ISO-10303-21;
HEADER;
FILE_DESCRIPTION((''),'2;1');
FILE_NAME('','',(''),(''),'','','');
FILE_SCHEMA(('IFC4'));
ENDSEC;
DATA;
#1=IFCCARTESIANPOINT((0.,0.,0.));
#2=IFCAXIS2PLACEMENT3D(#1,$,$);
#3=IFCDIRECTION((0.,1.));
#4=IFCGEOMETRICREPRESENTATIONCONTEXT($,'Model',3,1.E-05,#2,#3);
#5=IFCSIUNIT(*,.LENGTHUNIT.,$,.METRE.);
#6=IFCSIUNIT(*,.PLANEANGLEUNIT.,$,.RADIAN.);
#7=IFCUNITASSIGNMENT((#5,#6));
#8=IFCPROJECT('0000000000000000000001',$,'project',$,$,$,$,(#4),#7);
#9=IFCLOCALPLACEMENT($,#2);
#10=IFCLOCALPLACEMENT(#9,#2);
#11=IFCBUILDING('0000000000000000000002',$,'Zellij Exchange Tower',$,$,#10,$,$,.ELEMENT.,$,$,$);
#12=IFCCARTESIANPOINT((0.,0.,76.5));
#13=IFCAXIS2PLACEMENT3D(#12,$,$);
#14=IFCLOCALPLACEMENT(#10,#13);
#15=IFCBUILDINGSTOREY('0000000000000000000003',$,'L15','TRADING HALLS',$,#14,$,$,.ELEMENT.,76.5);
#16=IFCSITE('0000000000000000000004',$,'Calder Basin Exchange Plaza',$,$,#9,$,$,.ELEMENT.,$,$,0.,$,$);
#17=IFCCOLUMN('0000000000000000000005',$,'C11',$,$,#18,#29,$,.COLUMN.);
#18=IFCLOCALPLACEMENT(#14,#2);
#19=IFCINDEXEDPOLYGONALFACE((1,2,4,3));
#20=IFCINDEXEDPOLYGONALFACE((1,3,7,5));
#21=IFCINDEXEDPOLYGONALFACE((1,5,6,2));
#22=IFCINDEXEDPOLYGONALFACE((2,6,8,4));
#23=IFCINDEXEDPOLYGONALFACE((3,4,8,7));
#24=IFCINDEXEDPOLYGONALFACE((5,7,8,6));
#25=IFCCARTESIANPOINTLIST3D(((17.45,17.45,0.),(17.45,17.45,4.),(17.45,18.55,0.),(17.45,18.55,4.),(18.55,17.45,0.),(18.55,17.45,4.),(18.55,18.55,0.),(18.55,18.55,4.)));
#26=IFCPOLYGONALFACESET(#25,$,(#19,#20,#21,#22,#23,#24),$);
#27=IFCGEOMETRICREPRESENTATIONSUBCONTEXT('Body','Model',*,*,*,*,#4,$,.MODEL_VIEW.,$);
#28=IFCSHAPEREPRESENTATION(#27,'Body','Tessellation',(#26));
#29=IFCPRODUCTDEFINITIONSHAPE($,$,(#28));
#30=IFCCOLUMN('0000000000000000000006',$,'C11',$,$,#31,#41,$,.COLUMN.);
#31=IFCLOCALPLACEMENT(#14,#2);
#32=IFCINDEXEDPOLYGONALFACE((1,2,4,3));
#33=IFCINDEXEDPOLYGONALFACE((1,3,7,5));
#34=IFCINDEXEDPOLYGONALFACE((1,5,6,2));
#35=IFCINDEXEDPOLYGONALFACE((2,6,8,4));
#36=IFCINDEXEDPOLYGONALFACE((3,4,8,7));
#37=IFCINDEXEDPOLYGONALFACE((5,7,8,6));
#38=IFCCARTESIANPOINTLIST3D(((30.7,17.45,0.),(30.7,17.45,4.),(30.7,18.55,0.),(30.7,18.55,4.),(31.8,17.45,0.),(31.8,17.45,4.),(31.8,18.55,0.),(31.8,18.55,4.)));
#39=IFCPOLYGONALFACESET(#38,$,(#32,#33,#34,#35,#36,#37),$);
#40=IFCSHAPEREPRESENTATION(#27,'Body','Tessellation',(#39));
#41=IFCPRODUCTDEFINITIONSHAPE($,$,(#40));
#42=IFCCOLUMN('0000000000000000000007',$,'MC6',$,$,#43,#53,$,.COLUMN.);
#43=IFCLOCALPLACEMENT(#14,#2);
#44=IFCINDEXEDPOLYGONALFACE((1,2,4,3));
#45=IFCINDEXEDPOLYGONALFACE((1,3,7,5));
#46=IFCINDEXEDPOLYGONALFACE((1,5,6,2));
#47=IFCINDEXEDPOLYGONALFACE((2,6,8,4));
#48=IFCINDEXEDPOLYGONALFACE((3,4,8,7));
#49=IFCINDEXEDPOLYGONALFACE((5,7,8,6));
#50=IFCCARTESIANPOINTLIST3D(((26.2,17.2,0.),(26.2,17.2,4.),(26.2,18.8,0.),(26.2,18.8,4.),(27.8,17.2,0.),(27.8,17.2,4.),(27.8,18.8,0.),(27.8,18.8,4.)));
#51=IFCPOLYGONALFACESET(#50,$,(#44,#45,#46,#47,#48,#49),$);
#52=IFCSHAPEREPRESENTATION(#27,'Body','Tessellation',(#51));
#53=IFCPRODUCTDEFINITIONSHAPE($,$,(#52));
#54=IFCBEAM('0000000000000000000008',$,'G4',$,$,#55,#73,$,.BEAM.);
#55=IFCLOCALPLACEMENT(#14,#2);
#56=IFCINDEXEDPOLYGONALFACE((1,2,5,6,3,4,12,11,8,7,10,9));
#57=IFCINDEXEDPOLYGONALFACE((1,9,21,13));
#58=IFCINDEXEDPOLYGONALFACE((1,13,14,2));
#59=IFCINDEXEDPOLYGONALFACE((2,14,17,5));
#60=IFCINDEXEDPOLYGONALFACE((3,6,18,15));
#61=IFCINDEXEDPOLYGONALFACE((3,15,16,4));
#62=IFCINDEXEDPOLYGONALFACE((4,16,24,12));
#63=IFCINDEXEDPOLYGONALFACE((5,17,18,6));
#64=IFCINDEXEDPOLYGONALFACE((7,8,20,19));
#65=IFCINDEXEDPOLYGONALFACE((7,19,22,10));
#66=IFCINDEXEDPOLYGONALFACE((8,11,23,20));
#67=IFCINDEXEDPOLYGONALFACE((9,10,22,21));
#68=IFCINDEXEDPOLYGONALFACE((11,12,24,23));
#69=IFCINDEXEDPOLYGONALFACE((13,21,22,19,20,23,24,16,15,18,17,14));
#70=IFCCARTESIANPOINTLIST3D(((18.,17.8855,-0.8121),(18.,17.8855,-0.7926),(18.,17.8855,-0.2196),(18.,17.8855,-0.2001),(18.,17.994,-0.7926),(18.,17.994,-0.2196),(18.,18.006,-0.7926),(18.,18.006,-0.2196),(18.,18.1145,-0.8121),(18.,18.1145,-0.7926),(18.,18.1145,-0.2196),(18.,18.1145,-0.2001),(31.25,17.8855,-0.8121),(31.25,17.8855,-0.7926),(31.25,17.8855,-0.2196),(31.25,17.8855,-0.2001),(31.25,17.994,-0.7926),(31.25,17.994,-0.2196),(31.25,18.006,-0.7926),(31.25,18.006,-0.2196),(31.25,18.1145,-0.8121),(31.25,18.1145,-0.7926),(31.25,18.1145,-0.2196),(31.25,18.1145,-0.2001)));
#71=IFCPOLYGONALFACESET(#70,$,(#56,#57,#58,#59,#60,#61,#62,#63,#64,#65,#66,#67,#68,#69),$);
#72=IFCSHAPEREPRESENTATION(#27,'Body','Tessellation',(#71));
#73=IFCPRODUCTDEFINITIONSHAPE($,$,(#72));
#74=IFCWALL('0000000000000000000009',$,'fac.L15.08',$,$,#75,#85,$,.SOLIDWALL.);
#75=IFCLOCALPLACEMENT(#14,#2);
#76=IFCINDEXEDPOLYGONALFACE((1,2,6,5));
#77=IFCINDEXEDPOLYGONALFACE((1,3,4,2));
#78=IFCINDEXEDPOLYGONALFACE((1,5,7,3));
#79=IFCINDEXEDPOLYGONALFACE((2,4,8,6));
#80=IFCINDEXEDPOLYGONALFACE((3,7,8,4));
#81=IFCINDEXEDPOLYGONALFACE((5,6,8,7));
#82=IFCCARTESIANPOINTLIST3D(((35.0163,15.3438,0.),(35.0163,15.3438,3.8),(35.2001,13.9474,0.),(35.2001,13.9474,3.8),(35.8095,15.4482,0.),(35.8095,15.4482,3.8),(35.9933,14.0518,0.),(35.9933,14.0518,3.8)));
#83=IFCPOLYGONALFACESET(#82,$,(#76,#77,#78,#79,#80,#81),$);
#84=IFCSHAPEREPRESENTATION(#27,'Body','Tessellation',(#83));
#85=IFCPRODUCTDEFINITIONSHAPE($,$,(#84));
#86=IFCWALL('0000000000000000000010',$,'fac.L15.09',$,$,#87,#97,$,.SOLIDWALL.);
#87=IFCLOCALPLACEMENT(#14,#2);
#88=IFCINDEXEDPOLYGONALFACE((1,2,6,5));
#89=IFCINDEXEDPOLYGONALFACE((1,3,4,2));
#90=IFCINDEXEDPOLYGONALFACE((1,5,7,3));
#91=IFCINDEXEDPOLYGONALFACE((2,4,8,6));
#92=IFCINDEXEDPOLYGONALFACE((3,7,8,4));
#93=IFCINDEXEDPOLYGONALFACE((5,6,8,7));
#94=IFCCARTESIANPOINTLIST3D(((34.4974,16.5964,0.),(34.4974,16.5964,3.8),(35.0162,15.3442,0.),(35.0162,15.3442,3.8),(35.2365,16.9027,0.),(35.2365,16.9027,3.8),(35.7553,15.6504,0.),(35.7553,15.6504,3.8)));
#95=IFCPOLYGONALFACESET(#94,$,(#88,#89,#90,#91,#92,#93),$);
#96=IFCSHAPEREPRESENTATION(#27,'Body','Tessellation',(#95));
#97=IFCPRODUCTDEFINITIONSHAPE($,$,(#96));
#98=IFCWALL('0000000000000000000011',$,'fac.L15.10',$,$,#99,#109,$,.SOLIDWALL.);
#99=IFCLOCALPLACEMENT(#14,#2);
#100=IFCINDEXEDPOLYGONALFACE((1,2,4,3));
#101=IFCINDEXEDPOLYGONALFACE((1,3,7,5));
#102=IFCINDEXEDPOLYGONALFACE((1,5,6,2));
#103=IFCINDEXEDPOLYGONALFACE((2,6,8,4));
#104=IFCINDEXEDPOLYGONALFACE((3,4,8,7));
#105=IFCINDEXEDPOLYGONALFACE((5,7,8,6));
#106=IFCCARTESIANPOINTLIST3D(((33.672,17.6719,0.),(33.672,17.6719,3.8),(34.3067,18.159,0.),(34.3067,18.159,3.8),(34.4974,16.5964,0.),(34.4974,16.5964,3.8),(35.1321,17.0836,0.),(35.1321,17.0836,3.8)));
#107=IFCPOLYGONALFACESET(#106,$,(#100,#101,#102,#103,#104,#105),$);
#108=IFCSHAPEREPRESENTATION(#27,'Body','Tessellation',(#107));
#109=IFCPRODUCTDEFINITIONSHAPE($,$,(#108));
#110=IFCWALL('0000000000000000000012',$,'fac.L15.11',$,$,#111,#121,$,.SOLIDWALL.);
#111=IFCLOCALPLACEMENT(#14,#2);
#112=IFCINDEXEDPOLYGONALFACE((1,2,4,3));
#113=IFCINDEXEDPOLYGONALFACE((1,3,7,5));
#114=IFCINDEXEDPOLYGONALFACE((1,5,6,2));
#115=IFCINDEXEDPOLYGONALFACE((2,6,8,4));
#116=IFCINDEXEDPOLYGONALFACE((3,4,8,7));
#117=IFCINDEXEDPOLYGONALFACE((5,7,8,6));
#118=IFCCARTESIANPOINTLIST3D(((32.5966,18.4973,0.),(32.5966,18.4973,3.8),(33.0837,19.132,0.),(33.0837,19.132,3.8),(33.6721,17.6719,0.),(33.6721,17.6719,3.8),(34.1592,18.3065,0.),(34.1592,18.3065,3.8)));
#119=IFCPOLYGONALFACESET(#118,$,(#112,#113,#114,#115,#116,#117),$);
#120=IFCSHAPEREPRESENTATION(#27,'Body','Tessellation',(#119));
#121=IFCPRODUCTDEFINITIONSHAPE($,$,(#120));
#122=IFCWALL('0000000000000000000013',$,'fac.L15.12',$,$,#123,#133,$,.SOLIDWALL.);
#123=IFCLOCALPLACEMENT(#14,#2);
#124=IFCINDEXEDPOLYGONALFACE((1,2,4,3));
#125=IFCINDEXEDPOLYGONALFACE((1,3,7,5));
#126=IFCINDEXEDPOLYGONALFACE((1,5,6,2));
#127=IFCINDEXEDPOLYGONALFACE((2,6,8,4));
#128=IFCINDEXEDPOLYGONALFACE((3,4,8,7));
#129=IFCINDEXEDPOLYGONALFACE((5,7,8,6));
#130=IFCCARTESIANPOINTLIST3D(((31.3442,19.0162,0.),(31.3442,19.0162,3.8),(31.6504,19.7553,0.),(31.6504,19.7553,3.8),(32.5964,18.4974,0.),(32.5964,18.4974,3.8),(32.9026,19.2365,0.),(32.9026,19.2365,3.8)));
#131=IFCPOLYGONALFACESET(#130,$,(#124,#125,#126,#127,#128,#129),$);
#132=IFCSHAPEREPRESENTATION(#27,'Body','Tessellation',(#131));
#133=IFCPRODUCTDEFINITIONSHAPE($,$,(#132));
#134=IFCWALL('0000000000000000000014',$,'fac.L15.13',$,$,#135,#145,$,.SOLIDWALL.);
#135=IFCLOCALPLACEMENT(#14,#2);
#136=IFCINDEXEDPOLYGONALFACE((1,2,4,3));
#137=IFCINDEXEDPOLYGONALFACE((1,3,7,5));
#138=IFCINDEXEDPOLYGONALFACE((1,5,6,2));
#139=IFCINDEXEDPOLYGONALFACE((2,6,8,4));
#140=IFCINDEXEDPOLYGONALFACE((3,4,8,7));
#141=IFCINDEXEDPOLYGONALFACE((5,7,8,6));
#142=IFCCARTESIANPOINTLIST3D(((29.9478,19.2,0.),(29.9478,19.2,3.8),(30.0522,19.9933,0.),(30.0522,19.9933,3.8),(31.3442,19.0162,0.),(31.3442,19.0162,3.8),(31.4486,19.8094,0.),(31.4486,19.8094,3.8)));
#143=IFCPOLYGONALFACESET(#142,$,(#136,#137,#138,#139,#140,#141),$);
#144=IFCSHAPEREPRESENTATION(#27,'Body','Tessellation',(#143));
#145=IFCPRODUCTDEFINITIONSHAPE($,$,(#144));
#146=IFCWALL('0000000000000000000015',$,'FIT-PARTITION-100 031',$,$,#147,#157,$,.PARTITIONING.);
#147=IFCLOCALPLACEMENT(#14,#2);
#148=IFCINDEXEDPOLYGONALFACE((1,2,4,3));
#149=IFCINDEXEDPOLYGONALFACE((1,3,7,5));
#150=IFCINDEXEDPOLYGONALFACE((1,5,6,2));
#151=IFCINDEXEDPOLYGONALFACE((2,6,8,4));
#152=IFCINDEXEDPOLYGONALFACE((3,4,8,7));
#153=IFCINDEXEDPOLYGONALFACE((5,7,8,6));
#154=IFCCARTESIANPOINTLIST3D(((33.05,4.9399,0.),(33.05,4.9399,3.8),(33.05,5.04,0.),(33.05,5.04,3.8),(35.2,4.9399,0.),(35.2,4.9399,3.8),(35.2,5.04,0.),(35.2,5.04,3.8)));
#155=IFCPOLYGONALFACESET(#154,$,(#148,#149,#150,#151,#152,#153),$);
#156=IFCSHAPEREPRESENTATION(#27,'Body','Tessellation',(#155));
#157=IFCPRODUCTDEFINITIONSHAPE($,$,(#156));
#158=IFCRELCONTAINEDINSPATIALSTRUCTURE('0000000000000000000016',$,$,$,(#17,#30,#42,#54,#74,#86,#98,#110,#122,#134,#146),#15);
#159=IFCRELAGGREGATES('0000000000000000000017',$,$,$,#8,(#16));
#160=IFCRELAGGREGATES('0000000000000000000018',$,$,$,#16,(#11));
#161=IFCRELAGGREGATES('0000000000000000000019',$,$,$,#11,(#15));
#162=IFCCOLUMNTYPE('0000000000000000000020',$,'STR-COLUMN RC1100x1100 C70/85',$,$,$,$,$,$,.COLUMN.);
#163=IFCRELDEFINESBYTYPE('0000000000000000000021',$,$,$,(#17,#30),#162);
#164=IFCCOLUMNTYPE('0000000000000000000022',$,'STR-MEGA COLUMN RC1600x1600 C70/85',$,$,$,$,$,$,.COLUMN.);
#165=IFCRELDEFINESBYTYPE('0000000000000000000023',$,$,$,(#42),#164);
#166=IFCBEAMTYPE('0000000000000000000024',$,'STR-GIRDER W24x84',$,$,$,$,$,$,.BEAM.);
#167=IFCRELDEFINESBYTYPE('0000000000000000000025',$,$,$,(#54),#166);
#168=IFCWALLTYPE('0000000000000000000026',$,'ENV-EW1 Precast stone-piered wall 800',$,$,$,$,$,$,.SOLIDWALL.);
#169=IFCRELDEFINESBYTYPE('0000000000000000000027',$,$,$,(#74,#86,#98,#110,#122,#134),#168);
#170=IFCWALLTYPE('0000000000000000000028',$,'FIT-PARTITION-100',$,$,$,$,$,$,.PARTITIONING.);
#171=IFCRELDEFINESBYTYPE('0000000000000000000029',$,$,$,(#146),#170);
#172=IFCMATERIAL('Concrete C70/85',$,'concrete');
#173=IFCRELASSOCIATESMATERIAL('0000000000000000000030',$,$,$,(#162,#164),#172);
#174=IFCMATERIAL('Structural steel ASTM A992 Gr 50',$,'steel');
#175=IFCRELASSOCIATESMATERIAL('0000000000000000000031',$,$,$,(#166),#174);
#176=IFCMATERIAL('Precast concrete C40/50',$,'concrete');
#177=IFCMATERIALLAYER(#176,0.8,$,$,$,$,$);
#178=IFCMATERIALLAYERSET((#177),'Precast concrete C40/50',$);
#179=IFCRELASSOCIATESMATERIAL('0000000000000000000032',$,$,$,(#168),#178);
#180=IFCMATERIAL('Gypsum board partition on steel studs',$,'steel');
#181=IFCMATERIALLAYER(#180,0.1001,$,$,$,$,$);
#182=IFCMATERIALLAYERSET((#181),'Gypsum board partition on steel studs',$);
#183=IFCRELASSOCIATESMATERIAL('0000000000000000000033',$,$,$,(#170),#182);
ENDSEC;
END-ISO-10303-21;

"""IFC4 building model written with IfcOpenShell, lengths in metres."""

from ifc_helpers import new_model, si_unit, direction, frame, frame_2d, origin, origin_2d, place, context, subcontext, project, spatial, rectangle, i_section, extrude, material, layer, layer_set, material_profile, profile_set, type_object, element, save


model = new_model("IFC4")

# Units and contexts
model_context = context("Model", 3, precision=1e-05, world=origin(), true_north=direction((0.0, 1.0)))
body_context = subcontext(model_context, "Body", "Model", "MODEL_VIEW")
ifc_project = project(units=[si_unit("LENGTHUNIT", "METRE"), si_unit("PLANEANGLEUNIT", "RADIAN")], contexts=[model_context])

# Site, building, storey
site_placement = place(None, origin())
site = spatial("IfcSite", under=ifc_project, at=site_placement, Name="Calder Basin Exchange Plaza", CompositionType="ELEMENT", RefElevation=0.0)
building_placement = place(site_placement, origin())
building = spatial("IfcBuilding", under=site, at=building_placement, Name="Zellij Exchange Tower", CompositionType="ELEMENT")
storey_placement = place(building_placement, frame((0.0, 0.0, 76.5)))
storey = spatial("IfcBuildingStorey", under=building, at=storey_placement, Name="L15", Description="TRADING HALLS", CompositionType="ELEMENT", Elevation=76.5)

# Columns
ifc_material_1 = material(Name="Concrete C70/85", Category="concrete")
ifc_material_profile_1 = material_profile(ifc_material_1, rectangle(XDim=1.1001, YDim=1.1001, at=origin_2d()), Name="STR-COLUMN RC1100x1100 C70/85")
ifc_profile_set_1 = profile_set([ifc_material_profile_1], Name="Concrete C70/85")
column_type_1 = type_object("IfcColumnType", Name="STR-COLUMN RC1100x1100 C70/85", PredefinedType="COLUMN", material=ifc_profile_set_1)
for number, where, z_axis, x_axis, name in (
    (1, (18.0, 18.0, 0.0), (0.0, 0.0, 1.0), (1.0, 0.0, 0.0), "C11"),
    (2, (31.25, 18.0, 0.0), (0.0, 0.0, 1.0), (1.0, 0.0, 0.0), "C11"),
):
    element("IfcColumn", number, at=place(storey_placement, frame(where, z_axis=z_axis, x_axis=x_axis)), inside=storey, type_object=column_type_1, Name=name, PredefinedType="COLUMN", context=body_context, shape_type="SweptSolid", body=[
        extrude(rectangle(XDim=1.1001, YDim=1.1001, at=origin_2d()), origin(), (0.0, 0.0, 1.0), 4.0),
    ])
ifc_material_profile_2 = material_profile(ifc_material_1, rectangle(XDim=1.6001, YDim=1.6001, at=origin_2d()), Name="STR-MEGA COLUMN RC1600x1600 C70/85")
ifc_profile_set_2 = profile_set([ifc_material_profile_2], Name="Concrete C70/85")
column_type_2 = type_object("IfcColumnType", Name="STR-MEGA COLUMN RC1600x1600 C70/85", PredefinedType="COLUMN", material=ifc_profile_set_2)
column_placement = place(storey_placement, frame((27.0, 18.0, 0.0), z_axis=(0.0, 0.0, 1.0), x_axis=(1.0, 0.0, 0.0)))
element("IfcColumn", 3, at=column_placement, inside=storey, type_object=column_type_2, Name="MC6", PredefinedType="COLUMN", context=body_context, shape_type="SweptSolid", body=[
    extrude(rectangle(XDim=1.6001, YDim=1.6001, at=origin_2d()), origin(), (0.0, 0.0, 1.0), 4.0),
])

# Beam
ifc_material_2 = material(Name="Structural steel ASTM A992 Gr 50", Category="steel")
ifc_material_profile_3 = material_profile(ifc_material_2, i_section(OverallWidth=0.229, OverallDepth=0.6121, WebThickness=0.012, FlangeThickness=0.0195, at=origin_2d()), Name="W24x84")
ifc_profile_set_3 = profile_set([ifc_material_profile_3], Name="Structural steel ASTM A992 Gr 50")
beam_type = type_object("IfcBeamType", Name="STR-GIRDER W24x84", PredefinedType="BEAM", material=ifc_profile_set_3)
beam_placement = place(storey_placement, frame((18.0, 18.0, -0.5061), z_axis=(1.0, 0.0, 0.0), x_axis=(0.0, 1.0, 0.0)))
element("IfcBeam", 4, at=beam_placement, inside=storey, type_object=beam_type, Name="G4", PredefinedType="BEAM", context=body_context, shape_type="SweptSolid", body=[
    extrude(i_section(OverallWidth=0.229, OverallDepth=0.6121, WebThickness=0.012, FlangeThickness=0.0195, at=origin_2d()), origin(), (0.0, 0.0, 1.0), 13.25),
])

# Walls
ifc_material_3 = material(Name="Precast concrete C40/50", Category="concrete")
ifc_layer_1 = layer(ifc_material_3, 0.8)
ifc_layer_set_1 = layer_set([ifc_layer_1], Name="Precast concrete C40/50")
wall_type_1 = type_object("IfcWallType", Name="ENV-EW1 Precast stone-piered wall 800", PredefinedType="SOLIDWALL", material=ifc_layer_set_1)
wall_1_placement = place(storey_placement, frame((35.5967, 13.9998, 0.0), z_axis=(0.0, 0.0, 1.0), x_axis=(-0.130517, 0.991446, 0.0)))
element("IfcWall", 5, at=wall_1_placement, inside=storey, type_object=wall_type_1, Name="fac.L15.08", PredefinedType="SOLIDWALL", context=body_context, shape_type="SweptSolid", body=[
    extrude(rectangle(XDim=1.4084, YDim=0.8, at=frame_2d((0.7041, 0.0))), origin(), (0.0, 0.0, 1.0), 3.8),
])
wall_2_placement = place(storey_placement, frame((35.3857, 15.4973, 0.0), z_axis=(0.0, 0.0, 1.0), x_axis=(-0.38276, 0.923848, 0.0)))
element("IfcWall", 6, at=wall_2_placement, inside=storey, type_object=wall_type_1, Name="fac.L15.09", PredefinedType="SOLIDWALL", context=body_context, shape_type="SweptSolid", body=[
    extrude(rectangle(XDim=1.3555, YDim=0.8, at=frame_2d((0.6777, 0.0))), origin(), (0.0, 0.0, 1.0), 3.8),
])
for number, where, z_axis, x_axis, name in (
    (7, (34.8147, 16.8401, 0.0), (0.0, 0.0, 1.0), (-0.608866, 0.793273, 0.0), "fac.L15.10"),
    (8, (33.9155, 17.9893, 0.0), (0.0, 0.0, 1.0), (-0.793273, 0.608866, 0.0), "fac.L15.11"),
):
    element("IfcWall", number, at=place(storey_placement, frame(where, z_axis=z_axis, x_axis=x_axis)), inside=storey, type_object=wall_type_1, Name=name, PredefinedType="SOLIDWALL", context=body_context, shape_type="SweptSolid", body=[
        extrude(rectangle(XDim=1.3557, YDim=0.8, at=frame_2d((0.6777, 0.0))), origin(), (0.0, 0.0, 1.0), 3.8),
    ])
wall_3_placement = place(storey_placement, frame((32.7495, 18.8669, 0.0), z_axis=(0.0, 0.0, 1.0), x_axis=(-0.923848, 0.38276, 0.0)))
element("IfcWall", 9, at=wall_3_placement, inside=storey, type_object=wall_type_1, Name="fac.L15.12", PredefinedType="SOLIDWALL", context=body_context, shape_type="SweptSolid", body=[
    extrude(rectangle(XDim=1.3555, YDim=0.8, at=frame_2d((0.6777, 0.0))), origin(), (0.0, 0.0, 1.0), 3.8),
])
wall_4_placement = place(storey_placement, frame((31.3962, 19.4128, 0.0), z_axis=(0.0, 0.0, 1.0), x_axis=(-0.991446, 0.130517, 0.0)))
element("IfcWall", 10, at=wall_4_placement, inside=storey, type_object=wall_type_1, Name="fac.L15.13", PredefinedType="SOLIDWALL", context=body_context, shape_type="SweptSolid", body=[
    extrude(rectangle(XDim=1.4084, YDim=0.8, at=frame_2d((0.7041, 0.0))), origin(), (0.0, 0.0, 1.0), 3.8),
])
ifc_material_4 = material(Name="Gypsum board partition on steel studs", Category="steel")
ifc_layer_2 = layer(ifc_material_4, 0.1001)
ifc_layer_set_2 = layer_set([ifc_layer_2], Name="Gypsum board partition on steel studs")
wall_type_2 = type_object("IfcWallType", Name="FIT-PARTITION-100", PredefinedType="PARTITIONING", material=ifc_layer_set_2)
wall_5_placement = place(storey_placement, frame((33.05, 4.99, 0.0), z_axis=(0.0, 0.0, 1.0), x_axis=(1.0, 0.0, 0.0)))
element("IfcWall", 11, at=wall_5_placement, inside=storey, type_object=wall_type_2, Name="FIT-PARTITION-100 031", PredefinedType="PARTITIONING", context=body_context, shape_type="SweptSolid", body=[
    extrude(rectangle(XDim=2.1499, YDim=0.1001, at=frame_2d((1.075, 0.0))), origin(), (0.0, 0.0, 1.0), 3.8),
])

save(model, "model.ifc")
